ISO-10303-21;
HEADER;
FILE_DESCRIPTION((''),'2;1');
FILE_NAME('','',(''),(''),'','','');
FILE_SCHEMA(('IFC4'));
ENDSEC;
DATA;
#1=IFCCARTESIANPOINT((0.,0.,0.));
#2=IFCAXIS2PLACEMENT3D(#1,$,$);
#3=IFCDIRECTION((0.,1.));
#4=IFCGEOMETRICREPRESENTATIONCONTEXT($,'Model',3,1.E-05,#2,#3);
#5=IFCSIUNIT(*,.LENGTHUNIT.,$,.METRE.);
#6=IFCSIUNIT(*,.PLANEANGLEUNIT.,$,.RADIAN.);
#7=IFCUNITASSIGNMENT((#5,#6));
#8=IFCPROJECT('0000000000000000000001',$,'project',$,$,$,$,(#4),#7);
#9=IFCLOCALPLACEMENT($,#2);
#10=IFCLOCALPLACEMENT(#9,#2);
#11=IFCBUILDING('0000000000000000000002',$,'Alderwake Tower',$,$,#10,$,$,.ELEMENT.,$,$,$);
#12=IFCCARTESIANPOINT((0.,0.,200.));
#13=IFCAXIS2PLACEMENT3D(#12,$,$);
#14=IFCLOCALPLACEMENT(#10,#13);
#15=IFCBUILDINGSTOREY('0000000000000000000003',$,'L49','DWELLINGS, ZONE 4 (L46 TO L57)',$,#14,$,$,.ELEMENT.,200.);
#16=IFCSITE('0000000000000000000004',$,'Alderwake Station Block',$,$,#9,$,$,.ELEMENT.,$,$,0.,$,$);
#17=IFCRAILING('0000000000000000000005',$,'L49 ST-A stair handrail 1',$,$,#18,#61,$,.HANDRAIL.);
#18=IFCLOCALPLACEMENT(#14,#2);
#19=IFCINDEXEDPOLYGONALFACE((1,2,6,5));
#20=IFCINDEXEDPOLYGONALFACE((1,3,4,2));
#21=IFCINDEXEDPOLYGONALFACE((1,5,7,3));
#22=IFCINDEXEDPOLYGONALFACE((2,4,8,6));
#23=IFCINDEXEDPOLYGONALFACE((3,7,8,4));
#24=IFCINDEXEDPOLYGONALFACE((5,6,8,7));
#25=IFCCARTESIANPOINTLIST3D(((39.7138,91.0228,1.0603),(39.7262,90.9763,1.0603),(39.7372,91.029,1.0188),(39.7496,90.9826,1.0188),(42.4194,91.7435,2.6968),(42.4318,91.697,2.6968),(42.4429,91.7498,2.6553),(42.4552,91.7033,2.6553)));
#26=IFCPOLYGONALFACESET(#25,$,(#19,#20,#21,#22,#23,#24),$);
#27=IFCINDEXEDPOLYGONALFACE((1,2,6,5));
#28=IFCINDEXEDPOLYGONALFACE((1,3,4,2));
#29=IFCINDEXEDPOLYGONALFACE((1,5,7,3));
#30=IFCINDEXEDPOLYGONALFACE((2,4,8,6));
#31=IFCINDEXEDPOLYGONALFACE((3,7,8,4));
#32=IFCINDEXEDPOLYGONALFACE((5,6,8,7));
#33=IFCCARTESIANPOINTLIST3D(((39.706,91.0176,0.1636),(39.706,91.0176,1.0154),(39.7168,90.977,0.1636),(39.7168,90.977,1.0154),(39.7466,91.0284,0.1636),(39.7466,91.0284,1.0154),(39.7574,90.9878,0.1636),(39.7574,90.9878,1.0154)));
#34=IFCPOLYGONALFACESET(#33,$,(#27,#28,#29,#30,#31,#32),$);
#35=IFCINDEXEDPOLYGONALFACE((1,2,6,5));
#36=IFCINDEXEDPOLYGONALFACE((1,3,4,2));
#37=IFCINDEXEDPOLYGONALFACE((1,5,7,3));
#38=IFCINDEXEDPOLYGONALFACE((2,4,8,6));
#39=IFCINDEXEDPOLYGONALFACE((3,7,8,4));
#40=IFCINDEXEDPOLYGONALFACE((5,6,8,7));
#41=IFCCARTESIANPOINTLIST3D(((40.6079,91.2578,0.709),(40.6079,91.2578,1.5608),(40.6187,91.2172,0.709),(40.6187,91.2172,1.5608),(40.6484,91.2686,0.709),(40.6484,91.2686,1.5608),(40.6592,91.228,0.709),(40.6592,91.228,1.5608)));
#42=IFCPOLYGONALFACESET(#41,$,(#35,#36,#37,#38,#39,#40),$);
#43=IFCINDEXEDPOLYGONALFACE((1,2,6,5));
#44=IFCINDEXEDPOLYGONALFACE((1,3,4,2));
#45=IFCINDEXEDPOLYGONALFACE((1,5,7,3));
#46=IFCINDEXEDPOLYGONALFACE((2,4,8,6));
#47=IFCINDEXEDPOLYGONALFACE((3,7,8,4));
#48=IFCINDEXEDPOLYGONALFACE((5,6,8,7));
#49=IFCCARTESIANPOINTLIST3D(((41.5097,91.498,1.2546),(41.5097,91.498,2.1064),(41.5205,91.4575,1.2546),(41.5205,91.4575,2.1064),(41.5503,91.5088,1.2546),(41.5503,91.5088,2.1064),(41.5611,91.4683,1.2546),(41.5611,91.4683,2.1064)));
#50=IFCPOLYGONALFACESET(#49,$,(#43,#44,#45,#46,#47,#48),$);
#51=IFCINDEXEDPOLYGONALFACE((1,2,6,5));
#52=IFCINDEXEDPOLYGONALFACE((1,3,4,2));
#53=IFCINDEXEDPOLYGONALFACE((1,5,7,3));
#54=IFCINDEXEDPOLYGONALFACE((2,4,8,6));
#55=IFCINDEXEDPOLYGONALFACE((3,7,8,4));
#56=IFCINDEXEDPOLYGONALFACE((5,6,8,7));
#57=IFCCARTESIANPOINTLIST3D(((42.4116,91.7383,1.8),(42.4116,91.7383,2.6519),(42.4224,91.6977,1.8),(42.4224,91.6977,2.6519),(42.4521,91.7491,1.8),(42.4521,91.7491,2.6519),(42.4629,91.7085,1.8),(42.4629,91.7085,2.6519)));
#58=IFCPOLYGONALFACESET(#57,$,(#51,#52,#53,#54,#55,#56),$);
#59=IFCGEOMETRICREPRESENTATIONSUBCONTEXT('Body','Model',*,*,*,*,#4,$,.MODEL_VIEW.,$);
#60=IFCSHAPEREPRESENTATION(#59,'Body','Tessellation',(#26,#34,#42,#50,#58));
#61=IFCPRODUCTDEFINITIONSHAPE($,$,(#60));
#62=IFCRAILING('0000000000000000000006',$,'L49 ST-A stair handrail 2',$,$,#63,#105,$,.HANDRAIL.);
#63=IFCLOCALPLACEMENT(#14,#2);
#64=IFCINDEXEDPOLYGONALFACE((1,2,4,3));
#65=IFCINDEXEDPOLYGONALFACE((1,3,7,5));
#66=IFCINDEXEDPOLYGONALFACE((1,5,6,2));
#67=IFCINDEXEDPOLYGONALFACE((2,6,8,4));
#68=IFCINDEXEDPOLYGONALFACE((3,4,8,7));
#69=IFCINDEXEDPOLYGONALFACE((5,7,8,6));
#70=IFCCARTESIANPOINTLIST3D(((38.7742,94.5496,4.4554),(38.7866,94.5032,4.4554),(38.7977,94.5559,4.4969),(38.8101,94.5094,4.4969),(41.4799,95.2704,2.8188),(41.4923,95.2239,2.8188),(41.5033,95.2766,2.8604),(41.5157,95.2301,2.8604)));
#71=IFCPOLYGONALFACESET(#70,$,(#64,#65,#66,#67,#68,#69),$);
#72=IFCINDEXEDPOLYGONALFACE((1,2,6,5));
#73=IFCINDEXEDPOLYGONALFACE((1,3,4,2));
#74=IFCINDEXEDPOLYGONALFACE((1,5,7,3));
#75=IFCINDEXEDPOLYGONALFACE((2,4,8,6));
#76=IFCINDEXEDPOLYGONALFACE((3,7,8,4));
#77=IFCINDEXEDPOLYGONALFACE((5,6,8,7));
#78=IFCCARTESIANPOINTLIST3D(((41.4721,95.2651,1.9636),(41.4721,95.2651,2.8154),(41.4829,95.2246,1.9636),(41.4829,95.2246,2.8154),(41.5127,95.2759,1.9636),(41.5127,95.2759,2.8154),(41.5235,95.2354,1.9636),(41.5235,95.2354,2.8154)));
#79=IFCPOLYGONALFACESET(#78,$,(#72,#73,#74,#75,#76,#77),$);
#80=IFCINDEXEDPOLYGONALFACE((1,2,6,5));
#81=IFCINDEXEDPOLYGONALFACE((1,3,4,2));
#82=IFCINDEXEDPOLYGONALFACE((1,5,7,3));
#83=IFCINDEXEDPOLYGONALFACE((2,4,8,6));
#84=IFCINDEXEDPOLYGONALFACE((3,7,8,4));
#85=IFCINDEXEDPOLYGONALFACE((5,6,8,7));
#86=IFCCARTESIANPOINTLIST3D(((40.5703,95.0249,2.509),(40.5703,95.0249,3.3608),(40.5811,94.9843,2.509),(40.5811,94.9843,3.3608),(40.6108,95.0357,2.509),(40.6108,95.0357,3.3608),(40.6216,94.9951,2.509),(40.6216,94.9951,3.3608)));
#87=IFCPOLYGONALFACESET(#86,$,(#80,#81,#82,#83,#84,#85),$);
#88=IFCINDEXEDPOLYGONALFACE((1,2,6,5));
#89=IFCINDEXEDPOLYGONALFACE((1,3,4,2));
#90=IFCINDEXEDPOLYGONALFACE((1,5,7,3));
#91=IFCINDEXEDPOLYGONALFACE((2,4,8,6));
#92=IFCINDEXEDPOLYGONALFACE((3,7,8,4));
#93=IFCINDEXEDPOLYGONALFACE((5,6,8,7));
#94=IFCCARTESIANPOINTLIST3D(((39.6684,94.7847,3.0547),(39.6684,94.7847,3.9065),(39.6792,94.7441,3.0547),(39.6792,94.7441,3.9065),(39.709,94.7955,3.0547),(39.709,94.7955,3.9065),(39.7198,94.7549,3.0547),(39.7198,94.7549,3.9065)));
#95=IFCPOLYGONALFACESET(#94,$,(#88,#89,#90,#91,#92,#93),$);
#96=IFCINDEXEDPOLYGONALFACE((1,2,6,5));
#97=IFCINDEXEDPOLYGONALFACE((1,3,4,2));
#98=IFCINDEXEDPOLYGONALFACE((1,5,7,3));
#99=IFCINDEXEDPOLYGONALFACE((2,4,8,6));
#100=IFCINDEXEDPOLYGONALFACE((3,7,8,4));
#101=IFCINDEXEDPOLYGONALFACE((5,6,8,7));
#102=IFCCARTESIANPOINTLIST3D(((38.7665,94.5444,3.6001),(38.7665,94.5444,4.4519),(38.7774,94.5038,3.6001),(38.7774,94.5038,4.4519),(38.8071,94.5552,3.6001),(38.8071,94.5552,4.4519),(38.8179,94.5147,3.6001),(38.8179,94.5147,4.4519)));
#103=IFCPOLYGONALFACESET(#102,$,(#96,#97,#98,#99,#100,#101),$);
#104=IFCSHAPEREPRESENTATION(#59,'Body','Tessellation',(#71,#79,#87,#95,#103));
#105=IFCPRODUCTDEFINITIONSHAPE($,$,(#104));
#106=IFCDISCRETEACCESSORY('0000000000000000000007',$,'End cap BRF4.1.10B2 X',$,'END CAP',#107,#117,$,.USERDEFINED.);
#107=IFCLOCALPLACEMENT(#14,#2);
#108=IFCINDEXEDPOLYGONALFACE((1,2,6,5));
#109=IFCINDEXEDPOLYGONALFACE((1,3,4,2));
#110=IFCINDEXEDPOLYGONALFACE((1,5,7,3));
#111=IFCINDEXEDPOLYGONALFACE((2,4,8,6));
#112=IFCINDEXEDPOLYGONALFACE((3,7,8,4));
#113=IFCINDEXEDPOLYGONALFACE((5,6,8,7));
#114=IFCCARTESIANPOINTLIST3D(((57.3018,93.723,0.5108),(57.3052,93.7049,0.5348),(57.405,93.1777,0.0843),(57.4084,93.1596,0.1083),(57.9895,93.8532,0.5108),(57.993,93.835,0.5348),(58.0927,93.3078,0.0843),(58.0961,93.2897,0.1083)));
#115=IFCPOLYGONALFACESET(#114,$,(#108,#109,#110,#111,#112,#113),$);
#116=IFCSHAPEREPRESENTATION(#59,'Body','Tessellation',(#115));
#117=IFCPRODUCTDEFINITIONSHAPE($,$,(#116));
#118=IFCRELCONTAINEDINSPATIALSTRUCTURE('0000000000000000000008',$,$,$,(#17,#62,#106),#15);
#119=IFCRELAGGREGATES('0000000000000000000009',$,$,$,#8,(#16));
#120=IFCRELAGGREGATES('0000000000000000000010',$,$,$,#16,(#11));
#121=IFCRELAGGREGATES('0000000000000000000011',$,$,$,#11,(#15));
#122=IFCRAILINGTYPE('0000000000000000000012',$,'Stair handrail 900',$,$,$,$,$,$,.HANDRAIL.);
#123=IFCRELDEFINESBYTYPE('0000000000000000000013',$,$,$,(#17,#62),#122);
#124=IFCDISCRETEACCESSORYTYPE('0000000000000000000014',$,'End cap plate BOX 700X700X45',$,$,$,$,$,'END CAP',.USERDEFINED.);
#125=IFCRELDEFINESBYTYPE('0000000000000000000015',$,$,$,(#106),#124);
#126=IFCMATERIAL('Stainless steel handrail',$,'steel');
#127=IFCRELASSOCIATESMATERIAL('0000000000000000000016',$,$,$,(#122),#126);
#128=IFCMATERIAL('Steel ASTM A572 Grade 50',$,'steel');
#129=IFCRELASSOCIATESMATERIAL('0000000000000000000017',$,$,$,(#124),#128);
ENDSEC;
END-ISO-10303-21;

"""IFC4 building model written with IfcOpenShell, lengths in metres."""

from ifc_helpers import new_model, si_unit, direction, frame, origin, origin_2d, place, context, subcontext, project, spatial, rectangle, extrude, material, material_profile, profile_set, type_object, element, save


model = new_model("IFC4")

# Units and contexts
model_context = context("Model", 3, precision=1e-05, world=origin(), true_north=direction((0.0, 1.0)))
body_context = subcontext(model_context, "Body", "Model", "MODEL_VIEW")
ifc_project = project(units=[si_unit("LENGTHUNIT", "METRE"), si_unit("PLANEANGLEUNIT", "RADIAN")], contexts=[model_context])

# Site, building, storey
site_placement = place(None, origin())
site = spatial("IfcSite", under=ifc_project, at=site_placement, Name="Alderwake Station Block", CompositionType="ELEMENT", RefElevation=0.0)
building_placement = place(site_placement, origin())
building = spatial("IfcBuilding", under=site, at=building_placement, Name="Alderwake Tower", CompositionType="ELEMENT")
storey_placement = place(building_placement, frame((0.0, 0.0, 200.0)))
storey = spatial("IfcBuildingStorey", under=building, at=storey_placement, Name="L49", Description="DWELLINGS, ZONE 4 (L46 TO L57)", CompositionType="ELEMENT", Elevation=200.0)

# Railings
ifc_material_1 = material(Name="Stainless steel handrail", Category="steel")
railing_type_1 = type_object("IfcRailingType", Name="Stair handrail 900", PredefinedType="HANDRAIL", material=ifc_material_1)
railing_1_placement = place(storey_placement, frame((39.7317, 91.0027, 0.1636)))
element("IfcRailing", 1, at=railing_1_placement, inside=storey, type_object=railing_type_1, Name="L49 ST-A stair handrail 1", PredefinedType="HANDRAIL", context=body_context, shape_type="SweptSolid", body=[
    extrude(rectangle(XDim=0.0481, YDim=0.0481, at=origin_2d()), frame((0.0, 0.0, 0.876), z_axis=(0.834259, 0.222228, 0.504605), x_axis=(-0.257402, 0.966304, 0.0)), (0.0, 0.0, 1.0), 3.2432),
    extrude(rectangle(XDim=0.042, YDim=0.042, at=origin_2d()), frame((0.0, 0.0, 0.0), z_axis=(0.0, 0.0, 1.0), x_axis=(0.966304, 0.257402, 0.0)), (0.0, 0.0, 1.0), 0.8518),
    extrude(rectangle(XDim=0.042, YDim=0.042, at=origin_2d()), frame((0.9019, 0.2402, 0.5454), z_axis=(0.0, 0.0, 1.0), x_axis=(0.966304, 0.257402, 0.0)), (0.0, 0.0, 1.0), 0.8518),
    extrude(rectangle(XDim=0.042, YDim=0.042, at=origin_2d()), frame((1.8037, 0.4805, 1.0911), z_axis=(0.0, 0.0, 1.0), x_axis=(0.966304, 0.257402, 0.0)), (0.0, 0.0, 1.0), 0.8518),
    extrude(rectangle(XDim=0.042, YDim=0.042, at=origin_2d()), frame((2.7056, 0.7207, 1.6365), z_axis=(0.0, 0.0, 1.0), x_axis=(0.966304, 0.257402, 0.0)), (0.0, 0.0, 1.0), 0.8518),
])
railing_2_placement = place(storey_placement, frame((41.4978, 95.2502, 1.9636)))
element("IfcRailing", 2, at=railing_2_placement, inside=storey, type_object=railing_type_1, Name="L49 ST-A stair handrail 2", PredefinedType="HANDRAIL", context=body_context, shape_type="SweptSolid", body=[
    extrude(rectangle(XDim=0.0481, YDim=0.0481, at=origin_2d()), frame((0.0, 0.0, 0.876), z_axis=(-0.834259, -0.222228, 0.504605), x_axis=(0.257402, -0.966304, 0.0)), (0.0, 0.0, 1.0), 3.2432),
    extrude(rectangle(XDim=0.042, YDim=0.042, at=origin_2d()), frame((0.0, 0.0, 0.0), z_axis=(0.0, 0.0, 1.0), x_axis=(-0.966304, -0.257402, 0.0)), (0.0, 0.0, 1.0), 0.8518),
    extrude(rectangle(XDim=0.042, YDim=0.042, at=origin_2d()), frame((-0.9019, -0.2402, 0.5454), z_axis=(0.0, 0.0, 1.0), x_axis=(-0.966304, -0.257402, 0.0)), (0.0, 0.0, 1.0), 0.8518),
    extrude(rectangle(XDim=0.042, YDim=0.042, at=origin_2d()), frame((-1.8037, -0.4805, 1.0911), z_axis=(0.0, 0.0, 1.0), x_axis=(-0.966304, -0.257402, 0.0)), (0.0, 0.0, 1.0), 0.8518),
    extrude(rectangle(XDim=0.042, YDim=0.042, at=origin_2d()), frame((-2.7056, -0.7207, 1.6365), z_axis=(0.0, 0.0, 1.0), x_axis=(-0.966304, -0.257402, 0.0)), (0.0, 0.0, 1.0), 0.8518),
])

# Discrete accessory
ifc_material_2 = material(Name="Steel ASTM A572 Grade 50", Category="steel")
ifc_material_profile_1 = material_profile(ifc_material_2, rectangle(XDim=0.7, YDim=0.7, at=origin_2d()), Name="BOX 700X700X45 cap")
ifc_profile_set_1 = profile_set([ifc_material_profile_1], Name="Steel ASTM A572 Grade 50")
discrete_accessory_type = type_object("IfcDiscreteAccessoryType", Name="End cap plate BOX 700X700X45", ElementType="END CAP", PredefinedType="USERDEFINED", material=ifc_profile_set_1)
discrete_accessory_placement = place(storey_placement, frame((57.7007, 93.4973, 0.3215), z_axis=(-0.113272, 0.598724, -0.792905), x_axis=(-0.98257, -0.185892, 0.0)))
element("IfcDiscreteAccessory", 3, at=discrete_accessory_placement, inside=storey, type_object=discrete_accessory_type, Name="End cap BRF4.1.10B2 X", ObjectType="END CAP", PredefinedType="USERDEFINED", context=body_context, shape_type="SweptSolid", body=[
    extrude(rectangle(XDim=0.7, YDim=0.7, at=origin_2d()), origin(), (0.0, 0.0, 1.0), 0.0303),
])

save(model, "model.ifc")
